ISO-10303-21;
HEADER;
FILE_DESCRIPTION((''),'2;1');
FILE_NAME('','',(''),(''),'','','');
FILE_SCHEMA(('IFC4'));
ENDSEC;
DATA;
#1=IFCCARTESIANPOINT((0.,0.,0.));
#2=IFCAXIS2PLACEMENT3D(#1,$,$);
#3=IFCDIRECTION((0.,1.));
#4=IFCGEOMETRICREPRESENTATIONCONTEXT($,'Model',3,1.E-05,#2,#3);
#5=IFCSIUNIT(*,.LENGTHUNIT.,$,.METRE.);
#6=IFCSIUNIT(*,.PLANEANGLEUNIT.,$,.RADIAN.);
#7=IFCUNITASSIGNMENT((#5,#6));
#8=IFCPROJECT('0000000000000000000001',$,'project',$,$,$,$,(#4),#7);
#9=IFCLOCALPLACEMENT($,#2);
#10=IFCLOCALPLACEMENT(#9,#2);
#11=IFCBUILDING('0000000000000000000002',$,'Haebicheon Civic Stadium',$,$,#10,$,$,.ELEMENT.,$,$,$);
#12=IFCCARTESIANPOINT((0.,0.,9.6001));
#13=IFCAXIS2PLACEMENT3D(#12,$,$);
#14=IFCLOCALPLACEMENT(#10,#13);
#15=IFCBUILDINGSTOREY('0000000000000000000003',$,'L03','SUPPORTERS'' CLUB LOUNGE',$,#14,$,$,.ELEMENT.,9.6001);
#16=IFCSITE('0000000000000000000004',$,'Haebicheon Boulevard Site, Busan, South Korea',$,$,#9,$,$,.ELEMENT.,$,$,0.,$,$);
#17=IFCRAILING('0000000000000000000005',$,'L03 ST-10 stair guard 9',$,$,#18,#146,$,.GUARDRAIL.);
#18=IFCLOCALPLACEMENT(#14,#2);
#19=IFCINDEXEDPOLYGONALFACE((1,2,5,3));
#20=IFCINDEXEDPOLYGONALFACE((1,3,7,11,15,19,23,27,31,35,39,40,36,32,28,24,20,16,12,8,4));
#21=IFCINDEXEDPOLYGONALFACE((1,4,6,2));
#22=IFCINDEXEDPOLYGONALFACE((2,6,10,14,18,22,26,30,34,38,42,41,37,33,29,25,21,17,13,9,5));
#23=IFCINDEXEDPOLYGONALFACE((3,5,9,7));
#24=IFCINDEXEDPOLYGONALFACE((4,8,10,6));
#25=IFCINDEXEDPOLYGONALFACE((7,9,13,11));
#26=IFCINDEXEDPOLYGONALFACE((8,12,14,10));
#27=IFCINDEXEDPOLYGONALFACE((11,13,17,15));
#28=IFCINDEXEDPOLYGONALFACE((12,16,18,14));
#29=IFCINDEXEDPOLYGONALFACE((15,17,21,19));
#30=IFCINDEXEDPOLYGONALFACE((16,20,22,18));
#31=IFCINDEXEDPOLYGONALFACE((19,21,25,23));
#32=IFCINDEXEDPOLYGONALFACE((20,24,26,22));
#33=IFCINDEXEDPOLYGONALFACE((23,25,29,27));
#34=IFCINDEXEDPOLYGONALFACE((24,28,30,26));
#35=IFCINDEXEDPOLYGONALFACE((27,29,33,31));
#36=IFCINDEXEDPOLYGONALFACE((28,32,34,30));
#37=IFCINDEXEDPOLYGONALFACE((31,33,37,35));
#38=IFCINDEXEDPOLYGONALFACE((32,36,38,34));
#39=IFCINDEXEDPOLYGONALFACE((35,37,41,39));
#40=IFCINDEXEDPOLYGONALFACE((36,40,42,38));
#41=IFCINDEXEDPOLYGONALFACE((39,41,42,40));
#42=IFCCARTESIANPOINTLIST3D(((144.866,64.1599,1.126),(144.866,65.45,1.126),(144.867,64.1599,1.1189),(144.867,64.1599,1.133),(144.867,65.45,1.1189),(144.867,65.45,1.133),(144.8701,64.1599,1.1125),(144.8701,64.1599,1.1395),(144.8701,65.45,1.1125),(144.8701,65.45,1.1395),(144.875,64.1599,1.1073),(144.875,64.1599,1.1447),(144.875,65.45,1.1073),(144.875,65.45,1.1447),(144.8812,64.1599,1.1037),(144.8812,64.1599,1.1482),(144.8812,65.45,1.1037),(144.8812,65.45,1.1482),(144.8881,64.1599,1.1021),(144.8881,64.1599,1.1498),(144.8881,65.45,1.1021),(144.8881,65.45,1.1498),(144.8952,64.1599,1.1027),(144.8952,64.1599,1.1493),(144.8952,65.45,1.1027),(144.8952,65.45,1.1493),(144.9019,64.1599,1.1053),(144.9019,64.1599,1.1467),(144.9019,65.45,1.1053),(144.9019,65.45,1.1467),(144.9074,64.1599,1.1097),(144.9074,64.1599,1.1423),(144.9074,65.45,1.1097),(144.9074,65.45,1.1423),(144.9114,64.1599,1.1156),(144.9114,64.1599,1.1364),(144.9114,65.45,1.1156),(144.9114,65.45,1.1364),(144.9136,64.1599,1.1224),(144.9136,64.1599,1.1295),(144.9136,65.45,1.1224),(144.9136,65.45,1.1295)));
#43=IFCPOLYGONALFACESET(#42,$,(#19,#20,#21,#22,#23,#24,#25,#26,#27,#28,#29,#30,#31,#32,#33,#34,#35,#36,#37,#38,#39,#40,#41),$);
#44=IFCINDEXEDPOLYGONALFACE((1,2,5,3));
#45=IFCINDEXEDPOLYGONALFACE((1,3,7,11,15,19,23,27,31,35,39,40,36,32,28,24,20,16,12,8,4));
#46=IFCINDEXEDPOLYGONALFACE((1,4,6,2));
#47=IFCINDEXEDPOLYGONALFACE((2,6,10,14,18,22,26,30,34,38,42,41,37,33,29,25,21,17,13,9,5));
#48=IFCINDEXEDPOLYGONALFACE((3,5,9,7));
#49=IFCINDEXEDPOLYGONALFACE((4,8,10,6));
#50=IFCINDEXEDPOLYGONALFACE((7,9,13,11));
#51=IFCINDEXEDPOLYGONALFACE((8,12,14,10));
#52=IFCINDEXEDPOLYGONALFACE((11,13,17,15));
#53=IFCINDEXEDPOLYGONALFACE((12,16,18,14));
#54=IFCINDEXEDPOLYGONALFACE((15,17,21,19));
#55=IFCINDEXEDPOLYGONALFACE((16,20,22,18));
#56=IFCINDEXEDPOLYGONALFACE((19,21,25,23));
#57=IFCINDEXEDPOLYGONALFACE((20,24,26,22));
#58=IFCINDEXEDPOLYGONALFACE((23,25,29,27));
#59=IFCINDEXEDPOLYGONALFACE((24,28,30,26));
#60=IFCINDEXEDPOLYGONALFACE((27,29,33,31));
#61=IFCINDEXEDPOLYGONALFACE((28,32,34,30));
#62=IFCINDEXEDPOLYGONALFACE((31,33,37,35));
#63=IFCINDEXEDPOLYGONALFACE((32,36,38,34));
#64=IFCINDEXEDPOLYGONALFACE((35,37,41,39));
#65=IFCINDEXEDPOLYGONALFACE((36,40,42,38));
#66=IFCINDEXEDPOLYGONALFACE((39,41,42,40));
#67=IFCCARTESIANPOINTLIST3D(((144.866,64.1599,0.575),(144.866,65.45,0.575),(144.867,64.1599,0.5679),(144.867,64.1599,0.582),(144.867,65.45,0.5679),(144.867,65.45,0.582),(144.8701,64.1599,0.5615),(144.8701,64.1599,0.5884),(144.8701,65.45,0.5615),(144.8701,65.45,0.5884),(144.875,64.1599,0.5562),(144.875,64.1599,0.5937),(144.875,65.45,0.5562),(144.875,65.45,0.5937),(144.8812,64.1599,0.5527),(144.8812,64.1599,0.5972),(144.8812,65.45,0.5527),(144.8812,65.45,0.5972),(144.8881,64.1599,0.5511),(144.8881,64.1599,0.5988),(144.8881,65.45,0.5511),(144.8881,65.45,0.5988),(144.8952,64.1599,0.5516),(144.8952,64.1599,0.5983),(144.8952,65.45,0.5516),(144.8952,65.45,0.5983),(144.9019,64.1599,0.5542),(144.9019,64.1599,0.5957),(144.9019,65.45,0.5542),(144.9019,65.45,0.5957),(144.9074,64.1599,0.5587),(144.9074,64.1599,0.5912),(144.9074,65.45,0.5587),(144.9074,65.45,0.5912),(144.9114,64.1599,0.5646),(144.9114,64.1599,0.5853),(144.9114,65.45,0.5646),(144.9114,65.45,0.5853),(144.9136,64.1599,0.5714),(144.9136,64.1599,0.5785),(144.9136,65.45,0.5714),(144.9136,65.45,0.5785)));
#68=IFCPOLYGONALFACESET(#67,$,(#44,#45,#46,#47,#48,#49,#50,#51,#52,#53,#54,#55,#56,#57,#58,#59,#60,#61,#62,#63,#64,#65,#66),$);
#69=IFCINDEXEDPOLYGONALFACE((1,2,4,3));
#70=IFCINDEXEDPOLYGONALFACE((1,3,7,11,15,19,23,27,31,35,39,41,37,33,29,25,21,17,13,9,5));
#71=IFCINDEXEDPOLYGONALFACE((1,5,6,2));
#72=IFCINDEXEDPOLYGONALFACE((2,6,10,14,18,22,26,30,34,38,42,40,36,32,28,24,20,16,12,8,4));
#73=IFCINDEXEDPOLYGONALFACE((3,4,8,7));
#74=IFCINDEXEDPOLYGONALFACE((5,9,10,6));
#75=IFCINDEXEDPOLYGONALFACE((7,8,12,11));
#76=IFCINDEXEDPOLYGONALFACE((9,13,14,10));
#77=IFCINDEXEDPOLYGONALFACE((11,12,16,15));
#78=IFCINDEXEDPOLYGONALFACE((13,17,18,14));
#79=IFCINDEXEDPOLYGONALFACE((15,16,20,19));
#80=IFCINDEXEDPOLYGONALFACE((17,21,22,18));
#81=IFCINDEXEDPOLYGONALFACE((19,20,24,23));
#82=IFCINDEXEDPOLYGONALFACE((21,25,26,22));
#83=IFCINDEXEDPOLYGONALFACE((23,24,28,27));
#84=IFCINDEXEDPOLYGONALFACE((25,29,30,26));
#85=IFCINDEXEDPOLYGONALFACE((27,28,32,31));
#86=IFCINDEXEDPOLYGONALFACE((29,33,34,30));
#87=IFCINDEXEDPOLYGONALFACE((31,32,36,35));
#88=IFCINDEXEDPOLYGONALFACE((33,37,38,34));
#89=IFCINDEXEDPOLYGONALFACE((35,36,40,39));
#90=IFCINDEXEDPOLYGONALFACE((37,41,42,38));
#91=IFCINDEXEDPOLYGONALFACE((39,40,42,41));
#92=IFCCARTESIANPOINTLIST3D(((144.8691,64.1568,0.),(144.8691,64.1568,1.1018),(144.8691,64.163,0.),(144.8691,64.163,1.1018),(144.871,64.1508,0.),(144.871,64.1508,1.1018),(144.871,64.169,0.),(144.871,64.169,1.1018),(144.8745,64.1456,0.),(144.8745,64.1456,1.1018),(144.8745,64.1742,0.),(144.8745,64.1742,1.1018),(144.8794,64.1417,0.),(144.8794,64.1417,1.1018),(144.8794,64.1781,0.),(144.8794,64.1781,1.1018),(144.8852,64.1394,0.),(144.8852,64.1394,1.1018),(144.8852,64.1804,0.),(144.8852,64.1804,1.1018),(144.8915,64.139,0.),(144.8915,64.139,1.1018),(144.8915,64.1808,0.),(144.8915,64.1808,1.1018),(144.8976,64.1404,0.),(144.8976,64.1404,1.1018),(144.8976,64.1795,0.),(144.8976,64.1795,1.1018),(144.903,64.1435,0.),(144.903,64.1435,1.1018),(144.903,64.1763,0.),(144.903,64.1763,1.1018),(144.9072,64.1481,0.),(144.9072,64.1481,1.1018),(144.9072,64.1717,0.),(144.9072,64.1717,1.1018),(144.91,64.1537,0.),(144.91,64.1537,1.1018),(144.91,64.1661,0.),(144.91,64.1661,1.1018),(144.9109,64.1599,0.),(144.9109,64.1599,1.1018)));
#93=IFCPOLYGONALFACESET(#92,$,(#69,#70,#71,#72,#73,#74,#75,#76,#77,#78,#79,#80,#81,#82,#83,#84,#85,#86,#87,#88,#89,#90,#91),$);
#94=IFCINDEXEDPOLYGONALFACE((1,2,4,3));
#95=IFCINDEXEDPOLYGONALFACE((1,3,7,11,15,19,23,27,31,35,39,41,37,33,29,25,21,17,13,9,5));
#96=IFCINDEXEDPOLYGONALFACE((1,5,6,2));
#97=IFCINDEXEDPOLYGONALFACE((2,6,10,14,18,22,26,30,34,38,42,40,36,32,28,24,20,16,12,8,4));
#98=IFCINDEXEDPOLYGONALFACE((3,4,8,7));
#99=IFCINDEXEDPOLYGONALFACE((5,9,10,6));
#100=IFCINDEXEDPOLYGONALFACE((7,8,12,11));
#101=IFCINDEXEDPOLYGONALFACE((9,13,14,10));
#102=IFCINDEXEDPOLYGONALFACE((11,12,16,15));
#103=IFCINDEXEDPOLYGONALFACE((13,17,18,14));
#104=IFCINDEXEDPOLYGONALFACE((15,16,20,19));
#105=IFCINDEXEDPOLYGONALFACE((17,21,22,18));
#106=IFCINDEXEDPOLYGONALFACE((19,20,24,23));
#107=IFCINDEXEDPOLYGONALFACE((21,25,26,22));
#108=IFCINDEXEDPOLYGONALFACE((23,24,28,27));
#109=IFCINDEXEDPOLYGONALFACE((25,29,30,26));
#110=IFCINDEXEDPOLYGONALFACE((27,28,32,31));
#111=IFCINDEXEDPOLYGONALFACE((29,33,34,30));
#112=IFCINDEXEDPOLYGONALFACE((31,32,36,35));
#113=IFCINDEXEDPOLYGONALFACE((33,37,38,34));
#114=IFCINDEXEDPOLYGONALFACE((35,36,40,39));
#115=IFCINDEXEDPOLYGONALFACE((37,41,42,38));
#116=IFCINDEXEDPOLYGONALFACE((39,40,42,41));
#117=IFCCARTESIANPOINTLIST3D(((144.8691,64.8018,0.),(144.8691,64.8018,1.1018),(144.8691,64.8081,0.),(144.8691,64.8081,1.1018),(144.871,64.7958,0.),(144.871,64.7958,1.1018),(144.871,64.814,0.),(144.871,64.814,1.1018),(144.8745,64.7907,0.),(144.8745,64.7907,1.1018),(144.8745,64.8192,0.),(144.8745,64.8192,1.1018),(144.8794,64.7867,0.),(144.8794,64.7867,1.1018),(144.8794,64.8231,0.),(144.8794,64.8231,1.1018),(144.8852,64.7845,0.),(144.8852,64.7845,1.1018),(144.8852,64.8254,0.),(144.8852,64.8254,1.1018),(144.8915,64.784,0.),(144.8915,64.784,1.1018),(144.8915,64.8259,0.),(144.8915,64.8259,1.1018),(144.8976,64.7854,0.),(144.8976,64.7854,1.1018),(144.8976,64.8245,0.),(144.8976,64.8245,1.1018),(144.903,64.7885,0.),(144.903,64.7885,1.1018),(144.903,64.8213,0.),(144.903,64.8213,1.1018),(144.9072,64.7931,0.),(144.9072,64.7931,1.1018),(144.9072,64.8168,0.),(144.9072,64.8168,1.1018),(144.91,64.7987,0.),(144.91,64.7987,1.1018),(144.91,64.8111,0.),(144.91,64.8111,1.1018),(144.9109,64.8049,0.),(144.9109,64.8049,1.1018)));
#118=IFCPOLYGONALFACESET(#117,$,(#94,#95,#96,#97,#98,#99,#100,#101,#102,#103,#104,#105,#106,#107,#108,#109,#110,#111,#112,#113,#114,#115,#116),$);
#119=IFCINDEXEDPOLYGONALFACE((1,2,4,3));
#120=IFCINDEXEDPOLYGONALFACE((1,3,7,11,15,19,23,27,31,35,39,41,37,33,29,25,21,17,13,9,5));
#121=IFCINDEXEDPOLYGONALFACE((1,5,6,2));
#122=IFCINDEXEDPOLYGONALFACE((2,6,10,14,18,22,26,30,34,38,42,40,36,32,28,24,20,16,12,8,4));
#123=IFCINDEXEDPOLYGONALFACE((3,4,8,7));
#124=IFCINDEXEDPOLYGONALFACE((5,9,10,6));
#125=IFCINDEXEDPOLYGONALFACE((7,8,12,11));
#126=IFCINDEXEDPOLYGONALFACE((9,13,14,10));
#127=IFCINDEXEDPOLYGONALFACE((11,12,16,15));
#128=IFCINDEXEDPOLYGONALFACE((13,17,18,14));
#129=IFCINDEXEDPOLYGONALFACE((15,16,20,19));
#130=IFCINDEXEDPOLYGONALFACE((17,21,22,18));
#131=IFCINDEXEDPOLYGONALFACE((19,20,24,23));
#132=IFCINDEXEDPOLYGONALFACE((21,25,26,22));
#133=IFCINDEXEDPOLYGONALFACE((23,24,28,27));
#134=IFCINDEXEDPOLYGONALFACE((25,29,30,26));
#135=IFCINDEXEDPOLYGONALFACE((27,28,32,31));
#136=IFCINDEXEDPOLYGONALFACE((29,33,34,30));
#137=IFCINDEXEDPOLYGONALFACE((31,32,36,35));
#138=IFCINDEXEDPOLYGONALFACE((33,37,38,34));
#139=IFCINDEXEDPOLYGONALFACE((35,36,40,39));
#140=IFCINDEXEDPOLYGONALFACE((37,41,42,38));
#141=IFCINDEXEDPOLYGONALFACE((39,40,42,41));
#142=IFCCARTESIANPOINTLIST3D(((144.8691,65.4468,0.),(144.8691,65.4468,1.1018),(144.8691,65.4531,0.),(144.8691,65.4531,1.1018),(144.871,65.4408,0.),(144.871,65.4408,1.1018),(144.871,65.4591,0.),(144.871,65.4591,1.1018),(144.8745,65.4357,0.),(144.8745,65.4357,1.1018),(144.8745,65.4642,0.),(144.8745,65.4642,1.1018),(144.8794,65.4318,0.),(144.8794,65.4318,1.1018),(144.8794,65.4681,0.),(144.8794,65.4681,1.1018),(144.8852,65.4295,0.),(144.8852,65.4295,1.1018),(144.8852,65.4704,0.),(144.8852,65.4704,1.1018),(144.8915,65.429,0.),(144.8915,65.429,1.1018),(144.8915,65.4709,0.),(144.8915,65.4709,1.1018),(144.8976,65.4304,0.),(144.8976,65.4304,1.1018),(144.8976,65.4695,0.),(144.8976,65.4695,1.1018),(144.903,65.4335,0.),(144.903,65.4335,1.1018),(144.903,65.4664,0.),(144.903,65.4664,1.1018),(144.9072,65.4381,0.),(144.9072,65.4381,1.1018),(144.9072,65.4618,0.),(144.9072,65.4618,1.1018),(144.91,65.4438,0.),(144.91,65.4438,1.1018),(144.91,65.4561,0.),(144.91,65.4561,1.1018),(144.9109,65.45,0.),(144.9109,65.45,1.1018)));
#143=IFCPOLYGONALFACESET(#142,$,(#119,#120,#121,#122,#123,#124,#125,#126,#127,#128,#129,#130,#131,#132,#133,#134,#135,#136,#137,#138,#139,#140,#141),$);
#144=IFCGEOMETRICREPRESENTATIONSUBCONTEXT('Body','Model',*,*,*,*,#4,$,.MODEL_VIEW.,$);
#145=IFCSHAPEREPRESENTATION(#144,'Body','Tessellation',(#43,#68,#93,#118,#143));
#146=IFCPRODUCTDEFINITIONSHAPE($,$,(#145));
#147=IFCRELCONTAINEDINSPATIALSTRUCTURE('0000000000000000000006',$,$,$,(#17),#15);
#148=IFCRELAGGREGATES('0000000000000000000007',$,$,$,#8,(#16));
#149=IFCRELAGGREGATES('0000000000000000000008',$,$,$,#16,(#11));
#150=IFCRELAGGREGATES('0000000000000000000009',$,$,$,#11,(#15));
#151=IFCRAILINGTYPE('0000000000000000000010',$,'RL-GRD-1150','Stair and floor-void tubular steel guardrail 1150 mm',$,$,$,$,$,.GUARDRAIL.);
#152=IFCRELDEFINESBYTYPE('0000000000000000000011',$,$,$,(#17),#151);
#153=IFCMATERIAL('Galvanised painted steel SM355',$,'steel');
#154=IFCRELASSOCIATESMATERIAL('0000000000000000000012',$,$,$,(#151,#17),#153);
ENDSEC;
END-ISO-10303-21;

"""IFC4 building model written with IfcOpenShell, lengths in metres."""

from ifc_helpers import new_model, si_unit, direction, frame, origin, origin_2d, place, context, subcontext, project, spatial, circle, extrude, material, type_object, element, save


model = new_model("IFC4")

# Units and contexts
model_context = context("Model", 3, precision=1e-05, world=origin(), true_north=direction((0.0, 1.0)))
body_context = subcontext(model_context, "Body", "Model", "MODEL_VIEW")
ifc_project = project(units=[si_unit("LENGTHUNIT", "METRE"), si_unit("PLANEANGLEUNIT", "RADIAN")], contexts=[model_context])

# Site, building, storey
site_placement = place(None, origin())
site = spatial("IfcSite", under=ifc_project, at=site_placement, Name="Haebicheon Boulevard Site, Busan, South Korea", CompositionType="ELEMENT", RefElevation=0.0)
building_placement = place(site_placement, origin())
building = spatial("IfcBuilding", under=site, at=building_placement, Name="Haebicheon Civic Stadium", CompositionType="ELEMENT")
storey_placement = place(building_placement, frame((0.0, 0.0, 9.6001)))
storey = spatial("IfcBuildingStorey", under=building, at=storey_placement, Name="L03", Description="SUPPORTERS' CLUB LOUNGE", CompositionType="ELEMENT", Elevation=9.6001)

# Railing
ifc_material_1 = material(Name="Galvanised painted steel SM355", Category="steel")
railing_type_1 = type_object("IfcRailingType", Name="RL-GRD-1150", Description="Stair and floor-void tubular steel guardrail 1150 mm", PredefinedType="GUARDRAIL", material=ifc_material_1)
for number, where, name in (
    (1, (144.8899, 64.1599, 0.0), "L03 ST-10 stair guard 9"),
):
    element("IfcRailing", number, at=place(storey_placement, frame(where)), inside=storey, type_object=railing_type_1, material=ifc_material_1, Name=name, PredefinedType="GUARDRAIL", context=body_context, shape_type="SweptSolid", body=[
        extrude(circle(Radius=0.0239, at=origin_2d()), frame((0.0, 0.0, 1.126), z_axis=(0.0, 1.0, 0.0), x_axis=(-1.0, 0.0, 0.0)), (0.0, 0.0, 1.0), 1.29),
        extrude(circle(Radius=0.0239, at=origin_2d()), frame((0.0, 0.0, 0.575), z_axis=(0.0, 1.0, 0.0), x_axis=(-1.0, 0.0, 0.0)), (0.0, 0.0, 1.0), 1.29),
        extrude(circle(Radius=0.021, at=origin_2d()), origin(), (0.0, 0.0, 1.0), 1.1018),
        extrude(circle(Radius=0.021, at=origin_2d()), frame((0.0, 0.645, 0.0)), (0.0, 0.0, 1.0), 1.1018),
        extrude(circle(Radius=0.021, at=origin_2d()), frame((0.0, 1.29, 0.0)), (0.0, 0.0, 1.0), 1.1018),
    ])

save(model, "model.ifc")
